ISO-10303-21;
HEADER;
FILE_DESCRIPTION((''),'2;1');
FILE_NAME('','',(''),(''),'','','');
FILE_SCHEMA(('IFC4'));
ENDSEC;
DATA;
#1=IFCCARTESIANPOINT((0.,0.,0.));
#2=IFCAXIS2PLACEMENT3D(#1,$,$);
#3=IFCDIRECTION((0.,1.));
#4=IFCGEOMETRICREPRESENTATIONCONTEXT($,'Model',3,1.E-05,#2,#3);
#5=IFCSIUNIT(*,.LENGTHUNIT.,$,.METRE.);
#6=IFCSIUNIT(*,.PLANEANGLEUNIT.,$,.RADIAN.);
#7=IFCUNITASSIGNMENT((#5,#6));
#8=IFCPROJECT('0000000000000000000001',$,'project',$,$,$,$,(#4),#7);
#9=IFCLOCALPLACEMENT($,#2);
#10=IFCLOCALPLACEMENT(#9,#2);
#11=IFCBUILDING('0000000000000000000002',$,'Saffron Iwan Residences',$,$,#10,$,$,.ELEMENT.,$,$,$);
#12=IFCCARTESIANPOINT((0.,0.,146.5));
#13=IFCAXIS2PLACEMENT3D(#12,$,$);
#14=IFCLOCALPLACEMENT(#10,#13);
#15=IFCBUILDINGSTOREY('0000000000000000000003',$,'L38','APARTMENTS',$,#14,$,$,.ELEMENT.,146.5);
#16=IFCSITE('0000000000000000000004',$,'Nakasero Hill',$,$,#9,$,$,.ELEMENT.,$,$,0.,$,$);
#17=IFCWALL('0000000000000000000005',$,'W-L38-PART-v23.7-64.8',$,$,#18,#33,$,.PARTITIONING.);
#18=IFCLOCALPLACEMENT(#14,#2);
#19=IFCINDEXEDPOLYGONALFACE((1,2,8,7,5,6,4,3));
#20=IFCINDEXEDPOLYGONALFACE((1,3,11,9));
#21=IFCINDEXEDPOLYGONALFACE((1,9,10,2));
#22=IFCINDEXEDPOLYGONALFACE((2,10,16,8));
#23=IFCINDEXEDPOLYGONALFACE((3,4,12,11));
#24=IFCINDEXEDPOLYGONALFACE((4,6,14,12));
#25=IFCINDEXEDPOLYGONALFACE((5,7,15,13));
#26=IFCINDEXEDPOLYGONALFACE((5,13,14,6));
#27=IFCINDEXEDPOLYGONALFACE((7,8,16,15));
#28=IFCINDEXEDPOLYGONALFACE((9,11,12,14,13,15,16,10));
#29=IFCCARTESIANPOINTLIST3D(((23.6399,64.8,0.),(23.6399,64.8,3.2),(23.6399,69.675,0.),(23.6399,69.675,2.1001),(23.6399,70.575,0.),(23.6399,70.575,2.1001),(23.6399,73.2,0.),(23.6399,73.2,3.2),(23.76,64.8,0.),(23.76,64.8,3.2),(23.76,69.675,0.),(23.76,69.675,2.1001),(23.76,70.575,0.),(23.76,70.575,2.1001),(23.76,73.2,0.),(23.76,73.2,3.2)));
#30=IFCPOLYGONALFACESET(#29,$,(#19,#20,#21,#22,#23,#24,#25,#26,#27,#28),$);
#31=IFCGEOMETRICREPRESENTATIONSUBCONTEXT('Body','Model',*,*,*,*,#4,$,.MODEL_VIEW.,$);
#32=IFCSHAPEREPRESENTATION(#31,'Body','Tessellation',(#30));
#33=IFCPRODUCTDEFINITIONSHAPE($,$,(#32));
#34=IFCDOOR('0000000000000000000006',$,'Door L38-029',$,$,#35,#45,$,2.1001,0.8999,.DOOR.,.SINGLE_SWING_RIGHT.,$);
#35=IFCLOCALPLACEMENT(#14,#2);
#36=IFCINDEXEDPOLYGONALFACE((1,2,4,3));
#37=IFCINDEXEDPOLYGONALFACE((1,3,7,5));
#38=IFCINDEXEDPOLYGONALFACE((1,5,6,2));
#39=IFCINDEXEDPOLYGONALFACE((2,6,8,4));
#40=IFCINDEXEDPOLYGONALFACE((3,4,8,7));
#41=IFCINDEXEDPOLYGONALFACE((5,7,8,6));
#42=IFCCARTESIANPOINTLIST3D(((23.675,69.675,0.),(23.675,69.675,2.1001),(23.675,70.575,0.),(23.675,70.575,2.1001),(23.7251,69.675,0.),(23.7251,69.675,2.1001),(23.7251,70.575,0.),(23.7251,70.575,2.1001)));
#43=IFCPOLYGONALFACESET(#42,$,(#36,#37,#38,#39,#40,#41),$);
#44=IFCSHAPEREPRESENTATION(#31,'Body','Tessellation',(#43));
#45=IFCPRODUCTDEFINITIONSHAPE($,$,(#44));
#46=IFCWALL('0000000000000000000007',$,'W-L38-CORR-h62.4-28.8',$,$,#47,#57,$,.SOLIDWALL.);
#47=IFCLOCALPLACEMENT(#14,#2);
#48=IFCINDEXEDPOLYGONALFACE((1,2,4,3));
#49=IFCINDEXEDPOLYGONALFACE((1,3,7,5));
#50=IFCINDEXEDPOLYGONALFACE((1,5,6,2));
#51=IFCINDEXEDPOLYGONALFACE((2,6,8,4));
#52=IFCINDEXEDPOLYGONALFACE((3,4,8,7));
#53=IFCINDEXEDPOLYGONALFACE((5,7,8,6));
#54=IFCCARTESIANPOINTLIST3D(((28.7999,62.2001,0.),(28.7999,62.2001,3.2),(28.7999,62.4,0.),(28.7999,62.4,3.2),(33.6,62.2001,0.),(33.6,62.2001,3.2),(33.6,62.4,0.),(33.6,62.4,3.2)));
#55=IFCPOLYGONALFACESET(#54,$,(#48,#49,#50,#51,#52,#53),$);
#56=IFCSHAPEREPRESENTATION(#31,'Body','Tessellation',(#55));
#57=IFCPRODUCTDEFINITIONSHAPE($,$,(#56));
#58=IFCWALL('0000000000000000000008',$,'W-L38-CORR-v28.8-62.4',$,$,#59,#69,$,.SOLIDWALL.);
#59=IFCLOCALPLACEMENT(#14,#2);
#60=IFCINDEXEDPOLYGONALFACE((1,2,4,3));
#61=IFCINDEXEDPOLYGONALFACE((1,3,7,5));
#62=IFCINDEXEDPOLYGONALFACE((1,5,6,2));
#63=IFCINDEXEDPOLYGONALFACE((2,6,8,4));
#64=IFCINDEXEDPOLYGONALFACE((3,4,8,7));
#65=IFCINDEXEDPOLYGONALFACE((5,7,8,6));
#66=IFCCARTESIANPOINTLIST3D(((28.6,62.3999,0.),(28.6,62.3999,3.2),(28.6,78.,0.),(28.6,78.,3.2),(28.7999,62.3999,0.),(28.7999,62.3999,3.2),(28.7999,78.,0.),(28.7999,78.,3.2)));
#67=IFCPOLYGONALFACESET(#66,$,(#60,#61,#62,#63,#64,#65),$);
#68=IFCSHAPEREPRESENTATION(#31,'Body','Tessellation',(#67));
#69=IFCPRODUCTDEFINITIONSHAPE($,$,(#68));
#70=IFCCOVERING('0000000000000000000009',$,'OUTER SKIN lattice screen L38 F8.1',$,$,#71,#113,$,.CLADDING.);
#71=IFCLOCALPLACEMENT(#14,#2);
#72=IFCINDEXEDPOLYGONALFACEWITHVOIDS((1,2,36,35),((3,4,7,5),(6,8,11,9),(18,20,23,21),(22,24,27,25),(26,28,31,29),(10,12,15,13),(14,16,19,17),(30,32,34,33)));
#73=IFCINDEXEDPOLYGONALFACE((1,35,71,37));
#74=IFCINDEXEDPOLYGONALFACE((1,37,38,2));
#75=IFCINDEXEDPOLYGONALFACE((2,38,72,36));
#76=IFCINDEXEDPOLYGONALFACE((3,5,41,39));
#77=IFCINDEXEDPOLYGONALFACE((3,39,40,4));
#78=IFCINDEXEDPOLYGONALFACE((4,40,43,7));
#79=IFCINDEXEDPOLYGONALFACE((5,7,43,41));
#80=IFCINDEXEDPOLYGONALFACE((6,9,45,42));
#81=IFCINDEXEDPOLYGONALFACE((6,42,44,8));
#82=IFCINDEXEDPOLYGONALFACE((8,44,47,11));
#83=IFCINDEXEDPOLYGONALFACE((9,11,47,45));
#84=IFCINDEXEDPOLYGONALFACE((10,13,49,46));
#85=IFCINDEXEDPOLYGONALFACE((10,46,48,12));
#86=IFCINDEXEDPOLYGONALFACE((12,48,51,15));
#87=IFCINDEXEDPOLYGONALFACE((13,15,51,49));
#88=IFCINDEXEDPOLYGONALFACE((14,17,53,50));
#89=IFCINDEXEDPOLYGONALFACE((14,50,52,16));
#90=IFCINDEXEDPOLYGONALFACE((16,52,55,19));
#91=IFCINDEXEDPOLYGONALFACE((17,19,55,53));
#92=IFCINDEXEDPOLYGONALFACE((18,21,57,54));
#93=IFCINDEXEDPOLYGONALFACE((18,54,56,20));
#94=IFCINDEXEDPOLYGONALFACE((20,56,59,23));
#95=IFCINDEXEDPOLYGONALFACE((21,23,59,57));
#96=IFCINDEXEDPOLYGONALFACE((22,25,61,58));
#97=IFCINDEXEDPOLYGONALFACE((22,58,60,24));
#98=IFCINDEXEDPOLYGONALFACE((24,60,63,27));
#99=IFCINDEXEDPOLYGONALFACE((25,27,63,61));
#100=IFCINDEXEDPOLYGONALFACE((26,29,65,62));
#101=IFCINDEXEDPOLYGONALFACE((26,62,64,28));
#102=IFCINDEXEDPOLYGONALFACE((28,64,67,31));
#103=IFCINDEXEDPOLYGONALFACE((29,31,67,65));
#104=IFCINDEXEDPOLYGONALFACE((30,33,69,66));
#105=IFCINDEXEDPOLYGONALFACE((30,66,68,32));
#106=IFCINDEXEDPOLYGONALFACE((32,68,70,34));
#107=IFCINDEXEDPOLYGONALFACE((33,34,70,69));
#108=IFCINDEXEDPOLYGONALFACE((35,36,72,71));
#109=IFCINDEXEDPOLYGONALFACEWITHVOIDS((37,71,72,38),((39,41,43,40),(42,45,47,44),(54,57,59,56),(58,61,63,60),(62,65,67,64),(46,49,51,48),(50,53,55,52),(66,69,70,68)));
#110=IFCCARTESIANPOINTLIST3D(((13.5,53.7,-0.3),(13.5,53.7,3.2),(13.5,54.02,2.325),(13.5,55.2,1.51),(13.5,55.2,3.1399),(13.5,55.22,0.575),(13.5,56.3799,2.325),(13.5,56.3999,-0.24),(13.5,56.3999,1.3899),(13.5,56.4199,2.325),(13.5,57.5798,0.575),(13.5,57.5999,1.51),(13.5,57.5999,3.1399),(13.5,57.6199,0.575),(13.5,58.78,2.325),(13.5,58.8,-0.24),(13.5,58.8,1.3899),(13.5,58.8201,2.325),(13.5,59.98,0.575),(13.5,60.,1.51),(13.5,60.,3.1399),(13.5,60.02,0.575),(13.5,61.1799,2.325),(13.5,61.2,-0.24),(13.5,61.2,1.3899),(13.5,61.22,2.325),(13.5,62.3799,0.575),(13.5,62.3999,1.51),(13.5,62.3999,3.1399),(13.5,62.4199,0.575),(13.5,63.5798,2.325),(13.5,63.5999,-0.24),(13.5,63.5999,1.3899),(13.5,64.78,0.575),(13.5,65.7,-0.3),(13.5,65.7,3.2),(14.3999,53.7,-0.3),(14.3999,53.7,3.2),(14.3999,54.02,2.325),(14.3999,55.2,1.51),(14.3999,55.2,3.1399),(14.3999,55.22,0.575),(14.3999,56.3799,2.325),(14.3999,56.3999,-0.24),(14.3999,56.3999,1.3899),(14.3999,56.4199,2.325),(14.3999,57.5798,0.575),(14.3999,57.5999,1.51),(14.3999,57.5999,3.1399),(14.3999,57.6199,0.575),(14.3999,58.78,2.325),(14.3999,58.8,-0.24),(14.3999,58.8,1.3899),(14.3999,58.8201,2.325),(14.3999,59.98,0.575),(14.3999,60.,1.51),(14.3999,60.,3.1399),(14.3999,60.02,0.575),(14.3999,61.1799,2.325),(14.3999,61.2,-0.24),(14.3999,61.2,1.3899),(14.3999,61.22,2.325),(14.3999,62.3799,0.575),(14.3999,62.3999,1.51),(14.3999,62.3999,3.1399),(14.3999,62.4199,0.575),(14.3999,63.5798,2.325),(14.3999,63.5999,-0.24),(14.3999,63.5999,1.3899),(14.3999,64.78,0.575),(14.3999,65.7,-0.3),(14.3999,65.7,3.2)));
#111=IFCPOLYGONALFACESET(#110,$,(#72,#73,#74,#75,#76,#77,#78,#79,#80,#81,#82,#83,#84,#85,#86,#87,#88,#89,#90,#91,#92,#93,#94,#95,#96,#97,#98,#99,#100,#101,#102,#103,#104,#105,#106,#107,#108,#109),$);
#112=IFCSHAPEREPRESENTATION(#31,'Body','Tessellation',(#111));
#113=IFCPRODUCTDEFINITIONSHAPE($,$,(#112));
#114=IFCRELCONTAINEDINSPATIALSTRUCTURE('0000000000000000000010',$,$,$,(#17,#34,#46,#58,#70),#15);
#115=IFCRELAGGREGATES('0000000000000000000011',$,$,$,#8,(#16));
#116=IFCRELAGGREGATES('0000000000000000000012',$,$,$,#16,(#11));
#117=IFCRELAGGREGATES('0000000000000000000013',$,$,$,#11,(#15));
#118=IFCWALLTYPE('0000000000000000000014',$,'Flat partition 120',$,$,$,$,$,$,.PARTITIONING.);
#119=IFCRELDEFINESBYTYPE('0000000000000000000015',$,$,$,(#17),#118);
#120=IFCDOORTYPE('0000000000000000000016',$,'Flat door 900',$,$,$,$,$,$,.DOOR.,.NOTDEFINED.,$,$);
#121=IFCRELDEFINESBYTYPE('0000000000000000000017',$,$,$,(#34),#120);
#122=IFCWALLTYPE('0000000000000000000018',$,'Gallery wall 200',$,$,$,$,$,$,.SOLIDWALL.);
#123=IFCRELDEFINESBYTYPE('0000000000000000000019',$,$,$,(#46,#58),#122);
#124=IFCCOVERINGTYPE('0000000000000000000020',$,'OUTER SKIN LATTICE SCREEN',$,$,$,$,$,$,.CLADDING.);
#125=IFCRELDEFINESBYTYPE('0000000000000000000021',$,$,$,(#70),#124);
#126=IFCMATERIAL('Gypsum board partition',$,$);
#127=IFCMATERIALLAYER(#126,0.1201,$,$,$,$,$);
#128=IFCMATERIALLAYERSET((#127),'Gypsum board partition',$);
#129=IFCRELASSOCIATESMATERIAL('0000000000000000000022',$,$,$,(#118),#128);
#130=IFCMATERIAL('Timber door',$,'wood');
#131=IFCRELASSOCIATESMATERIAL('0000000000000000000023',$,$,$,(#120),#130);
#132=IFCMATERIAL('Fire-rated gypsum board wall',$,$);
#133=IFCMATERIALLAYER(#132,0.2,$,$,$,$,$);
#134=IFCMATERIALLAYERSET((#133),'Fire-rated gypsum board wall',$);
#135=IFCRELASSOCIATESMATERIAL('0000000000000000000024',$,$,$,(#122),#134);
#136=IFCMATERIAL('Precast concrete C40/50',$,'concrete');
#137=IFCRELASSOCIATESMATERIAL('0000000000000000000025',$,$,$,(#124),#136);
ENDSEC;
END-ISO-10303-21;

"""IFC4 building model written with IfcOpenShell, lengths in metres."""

from ifc_helpers import new_model, si_unit, direction, frame, frame_2d, origin, place, context, subcontext, project, spatial, polyline, rectangle, outline, extrude, material, layer, layer_set, type_object, element, fill, save


model = new_model("IFC4")

# Units and contexts
model_context = context("Model", 3, precision=1e-05, world=origin(), true_north=direction((0.0, 1.0)))
body_context = subcontext(model_context, "Body", "Model", "MODEL_VIEW")
ifc_project = project(units=[si_unit("LENGTHUNIT", "METRE"), si_unit("PLANEANGLEUNIT", "RADIAN")], contexts=[model_context])

# Site, building, storey
site_placement = place(None, origin())
site = spatial("IfcSite", under=ifc_project, at=site_placement, Name="Nakasero Hill", CompositionType="ELEMENT", RefElevation=0.0)
building_placement = place(site_placement, origin())
building = spatial("IfcBuilding", under=site, at=building_placement, Name="Saffron Iwan Residences", CompositionType="ELEMENT")
storey_placement = place(building_placement, frame((0.0, 0.0, 146.5)))
storey = spatial("IfcBuildingStorey", under=building, at=storey_placement, Name="L38", Description="APARTMENTS", CompositionType="ELEMENT", Elevation=146.5)

# Shared definitions
ifc_material_1 = material(Name="Fire-rated gypsum board wall")
ifc_material_2 = material(Name="Gypsum board partition")
ifc_layer_1 = layer(ifc_material_2, 0.1201)
ifc_layer_set_1 = layer_set([ifc_layer_1], Name="Gypsum board partition")
wall_type_1 = type_object("IfcWallType", Name="Flat partition 120", PredefinedType="PARTITIONING", material=ifc_layer_set_1)

# Shared definitions
ifc_material_3 = material(Name="Timber door", Category="wood")

# Shared definitions
door_type_1 = type_object("IfcDoorType", Name="Flat door 900", OperationType="NOTDEFINED", PredefinedType="DOOR", material=ifc_material_3)

# Wall, opening, door
wall_1_placement = place(storey_placement, frame((23.7, 64.8, 0.0), z_axis=(0.0, 0.0, 1.0), x_axis=(0.0, 1.0, 0.0)))
wall_1 = element("IfcWall", 1, at=wall_1_placement, inside=storey, type_object=wall_type_1, Name="W-L38-PART-v23.7-64.8", PredefinedType="PARTITIONING", context=body_context, shape_type="SweptSolid", body=[
    extrude(rectangle(XDim=8.3999, YDim=0.1201, at=frame_2d((4.2, 0.0))), origin(), (0.0, 0.0, 1.0), 3.2),
])
opening_1_placement = place(wall_1_placement, frame((4.875, 0.0, 0.0)))
opening_1 = element("IfcOpeningElement", 2, at=opening_1_placement, cuts=wall_1, PredefinedType="OPENING", context=body_context, shape_type="SweptSolid", body=[
    extrude(rectangle(XDim=0.8999, YDim=2.1001, at=frame_2d((0.45, 1.05))), frame((0.0, 0.0701, 0.0), z_axis=(0.0, -1.0, 0.0), x_axis=(1.0, 0.0, 0.0)), (0.0, 0.0, 1.0), 0.1401),
])
door_1_placement = place(opening_1_placement, origin())
door_1 = element("IfcDoor", 3, at=door_1_placement, inside=storey, type_object=door_type_1, Name="Door L38-029", OperationType="SINGLE_SWING_RIGHT", OverallHeight=2.1001, OverallWidth=0.8999, PredefinedType="DOOR", context=body_context, shape_type="SweptSolid", body=[
    extrude(rectangle(XDim=0.8999, YDim=2.1001, at=frame_2d((0.45, 1.05))), frame((0.0, 0.0249, 0.0), z_axis=(0.0, -1.0, 0.0), x_axis=(1.0, 0.0, 0.0)), (0.0, 0.0, 1.0), 0.05),
])
fill(opening_1, door_1)

# Walls
ifc_layer_2 = layer(ifc_material_1, 0.2)
ifc_layer_set_2 = layer_set([ifc_layer_2], Name="Fire-rated gypsum board wall")
wall_type_2 = type_object("IfcWallType", Name="Gallery wall 200", PredefinedType="SOLIDWALL", material=ifc_layer_set_2)
wall_2_placement = place(storey_placement, frame((28.8, 62.3, 0.0), z_axis=(0.0, 0.0, 1.0), x_axis=(1.0, 0.0, 0.0)))
element("IfcWall", 4, at=wall_2_placement, inside=storey, type_object=wall_type_2, Name="W-L38-CORR-h62.4-28.8", PredefinedType="SOLIDWALL", context=body_context, shape_type="SweptSolid", body=[
    extrude(rectangle(XDim=4.8, YDim=0.2, at=frame_2d((2.3999, 0.0))), origin(), (0.0, 0.0, 1.0), 3.2),
])
wall_3_placement = place(storey_placement, frame((28.7, 62.3999, 0.0), z_axis=(0.0, 0.0, 1.0), x_axis=(0.0, 1.0, 0.0)))
element("IfcWall", 5, at=wall_3_placement, inside=storey, type_object=wall_type_2, Name="W-L38-CORR-v28.8-62.4", PredefinedType="SOLIDWALL", context=body_context, shape_type="SweptSolid", body=[
    extrude(rectangle(XDim=15.6001, YDim=0.2, at=frame_2d((7.8, 0.0))), origin(), (0.0, 0.0, 1.0), 3.2),
])

# Covering
ifc_material_4 = material(Name="Precast concrete C40/50", Category="concrete")
covering_type = type_object("IfcCoveringType", Name="OUTER SKIN LATTICE SCREEN", PredefinedType="CLADDING", material=ifc_material_4)
covering_placement = place(storey_placement, frame((14.3999, 65.7, -0.3), z_axis=(-1.0, 0.0, 0.0), x_axis=(0.0, -1.0, 0.0)))
element("IfcCovering", 6, at=covering_placement, inside=storey, type_object=covering_type, Name="OUTER SKIN lattice screen L38 F8.1", PredefinedType="CLADDING", context=body_context, shape_type="SweptSolid", body=[
    extrude(outline(polyline([(0.0, 0.0), (12.0, 0.0), (12.0, 3.5), (0.0, 3.5), (0.0, 0.0)]), holes=[polyline([(0.9199, 0.875), (2.1001, 0.0601), (3.28, 0.875), (2.1001, 1.6899), (0.9199, 0.875)]), polyline([(3.3201, 0.875), (4.5, 0.0601), (5.6799, 0.875), (4.5, 1.6899), (3.3201, 0.875)]), polyline([(5.72, 0.875), (6.8999, 0.0601), (8.0801, 0.875), (6.8999, 1.6899), (5.72, 0.875)]), polyline([(8.1201, 0.875), (9.3, 0.0601), (10.48, 0.875), (9.3, 1.6899), (8.1201, 0.875)]), polyline([(2.1201, 2.625), (3.3, 1.8101), (4.48, 2.625), (3.3, 3.4399), (2.1201, 2.625)]), polyline([(4.52, 2.625), (5.7, 1.8101), (6.8799, 2.625), (5.7, 3.4399), (4.52, 2.625)]), polyline([(6.9199, 2.625), (8.1001, 1.8101), (9.28, 2.625), (8.1001, 3.4399), (6.9199, 2.625)]), polyline([(9.3201, 2.625), (10.5, 1.8101), (11.6799, 2.625), (10.5, 3.4399), (9.3201, 2.625)])]), origin(), (0.0, 0.0, 1.0), 0.8999),
])

save(model, "model.ifc")
